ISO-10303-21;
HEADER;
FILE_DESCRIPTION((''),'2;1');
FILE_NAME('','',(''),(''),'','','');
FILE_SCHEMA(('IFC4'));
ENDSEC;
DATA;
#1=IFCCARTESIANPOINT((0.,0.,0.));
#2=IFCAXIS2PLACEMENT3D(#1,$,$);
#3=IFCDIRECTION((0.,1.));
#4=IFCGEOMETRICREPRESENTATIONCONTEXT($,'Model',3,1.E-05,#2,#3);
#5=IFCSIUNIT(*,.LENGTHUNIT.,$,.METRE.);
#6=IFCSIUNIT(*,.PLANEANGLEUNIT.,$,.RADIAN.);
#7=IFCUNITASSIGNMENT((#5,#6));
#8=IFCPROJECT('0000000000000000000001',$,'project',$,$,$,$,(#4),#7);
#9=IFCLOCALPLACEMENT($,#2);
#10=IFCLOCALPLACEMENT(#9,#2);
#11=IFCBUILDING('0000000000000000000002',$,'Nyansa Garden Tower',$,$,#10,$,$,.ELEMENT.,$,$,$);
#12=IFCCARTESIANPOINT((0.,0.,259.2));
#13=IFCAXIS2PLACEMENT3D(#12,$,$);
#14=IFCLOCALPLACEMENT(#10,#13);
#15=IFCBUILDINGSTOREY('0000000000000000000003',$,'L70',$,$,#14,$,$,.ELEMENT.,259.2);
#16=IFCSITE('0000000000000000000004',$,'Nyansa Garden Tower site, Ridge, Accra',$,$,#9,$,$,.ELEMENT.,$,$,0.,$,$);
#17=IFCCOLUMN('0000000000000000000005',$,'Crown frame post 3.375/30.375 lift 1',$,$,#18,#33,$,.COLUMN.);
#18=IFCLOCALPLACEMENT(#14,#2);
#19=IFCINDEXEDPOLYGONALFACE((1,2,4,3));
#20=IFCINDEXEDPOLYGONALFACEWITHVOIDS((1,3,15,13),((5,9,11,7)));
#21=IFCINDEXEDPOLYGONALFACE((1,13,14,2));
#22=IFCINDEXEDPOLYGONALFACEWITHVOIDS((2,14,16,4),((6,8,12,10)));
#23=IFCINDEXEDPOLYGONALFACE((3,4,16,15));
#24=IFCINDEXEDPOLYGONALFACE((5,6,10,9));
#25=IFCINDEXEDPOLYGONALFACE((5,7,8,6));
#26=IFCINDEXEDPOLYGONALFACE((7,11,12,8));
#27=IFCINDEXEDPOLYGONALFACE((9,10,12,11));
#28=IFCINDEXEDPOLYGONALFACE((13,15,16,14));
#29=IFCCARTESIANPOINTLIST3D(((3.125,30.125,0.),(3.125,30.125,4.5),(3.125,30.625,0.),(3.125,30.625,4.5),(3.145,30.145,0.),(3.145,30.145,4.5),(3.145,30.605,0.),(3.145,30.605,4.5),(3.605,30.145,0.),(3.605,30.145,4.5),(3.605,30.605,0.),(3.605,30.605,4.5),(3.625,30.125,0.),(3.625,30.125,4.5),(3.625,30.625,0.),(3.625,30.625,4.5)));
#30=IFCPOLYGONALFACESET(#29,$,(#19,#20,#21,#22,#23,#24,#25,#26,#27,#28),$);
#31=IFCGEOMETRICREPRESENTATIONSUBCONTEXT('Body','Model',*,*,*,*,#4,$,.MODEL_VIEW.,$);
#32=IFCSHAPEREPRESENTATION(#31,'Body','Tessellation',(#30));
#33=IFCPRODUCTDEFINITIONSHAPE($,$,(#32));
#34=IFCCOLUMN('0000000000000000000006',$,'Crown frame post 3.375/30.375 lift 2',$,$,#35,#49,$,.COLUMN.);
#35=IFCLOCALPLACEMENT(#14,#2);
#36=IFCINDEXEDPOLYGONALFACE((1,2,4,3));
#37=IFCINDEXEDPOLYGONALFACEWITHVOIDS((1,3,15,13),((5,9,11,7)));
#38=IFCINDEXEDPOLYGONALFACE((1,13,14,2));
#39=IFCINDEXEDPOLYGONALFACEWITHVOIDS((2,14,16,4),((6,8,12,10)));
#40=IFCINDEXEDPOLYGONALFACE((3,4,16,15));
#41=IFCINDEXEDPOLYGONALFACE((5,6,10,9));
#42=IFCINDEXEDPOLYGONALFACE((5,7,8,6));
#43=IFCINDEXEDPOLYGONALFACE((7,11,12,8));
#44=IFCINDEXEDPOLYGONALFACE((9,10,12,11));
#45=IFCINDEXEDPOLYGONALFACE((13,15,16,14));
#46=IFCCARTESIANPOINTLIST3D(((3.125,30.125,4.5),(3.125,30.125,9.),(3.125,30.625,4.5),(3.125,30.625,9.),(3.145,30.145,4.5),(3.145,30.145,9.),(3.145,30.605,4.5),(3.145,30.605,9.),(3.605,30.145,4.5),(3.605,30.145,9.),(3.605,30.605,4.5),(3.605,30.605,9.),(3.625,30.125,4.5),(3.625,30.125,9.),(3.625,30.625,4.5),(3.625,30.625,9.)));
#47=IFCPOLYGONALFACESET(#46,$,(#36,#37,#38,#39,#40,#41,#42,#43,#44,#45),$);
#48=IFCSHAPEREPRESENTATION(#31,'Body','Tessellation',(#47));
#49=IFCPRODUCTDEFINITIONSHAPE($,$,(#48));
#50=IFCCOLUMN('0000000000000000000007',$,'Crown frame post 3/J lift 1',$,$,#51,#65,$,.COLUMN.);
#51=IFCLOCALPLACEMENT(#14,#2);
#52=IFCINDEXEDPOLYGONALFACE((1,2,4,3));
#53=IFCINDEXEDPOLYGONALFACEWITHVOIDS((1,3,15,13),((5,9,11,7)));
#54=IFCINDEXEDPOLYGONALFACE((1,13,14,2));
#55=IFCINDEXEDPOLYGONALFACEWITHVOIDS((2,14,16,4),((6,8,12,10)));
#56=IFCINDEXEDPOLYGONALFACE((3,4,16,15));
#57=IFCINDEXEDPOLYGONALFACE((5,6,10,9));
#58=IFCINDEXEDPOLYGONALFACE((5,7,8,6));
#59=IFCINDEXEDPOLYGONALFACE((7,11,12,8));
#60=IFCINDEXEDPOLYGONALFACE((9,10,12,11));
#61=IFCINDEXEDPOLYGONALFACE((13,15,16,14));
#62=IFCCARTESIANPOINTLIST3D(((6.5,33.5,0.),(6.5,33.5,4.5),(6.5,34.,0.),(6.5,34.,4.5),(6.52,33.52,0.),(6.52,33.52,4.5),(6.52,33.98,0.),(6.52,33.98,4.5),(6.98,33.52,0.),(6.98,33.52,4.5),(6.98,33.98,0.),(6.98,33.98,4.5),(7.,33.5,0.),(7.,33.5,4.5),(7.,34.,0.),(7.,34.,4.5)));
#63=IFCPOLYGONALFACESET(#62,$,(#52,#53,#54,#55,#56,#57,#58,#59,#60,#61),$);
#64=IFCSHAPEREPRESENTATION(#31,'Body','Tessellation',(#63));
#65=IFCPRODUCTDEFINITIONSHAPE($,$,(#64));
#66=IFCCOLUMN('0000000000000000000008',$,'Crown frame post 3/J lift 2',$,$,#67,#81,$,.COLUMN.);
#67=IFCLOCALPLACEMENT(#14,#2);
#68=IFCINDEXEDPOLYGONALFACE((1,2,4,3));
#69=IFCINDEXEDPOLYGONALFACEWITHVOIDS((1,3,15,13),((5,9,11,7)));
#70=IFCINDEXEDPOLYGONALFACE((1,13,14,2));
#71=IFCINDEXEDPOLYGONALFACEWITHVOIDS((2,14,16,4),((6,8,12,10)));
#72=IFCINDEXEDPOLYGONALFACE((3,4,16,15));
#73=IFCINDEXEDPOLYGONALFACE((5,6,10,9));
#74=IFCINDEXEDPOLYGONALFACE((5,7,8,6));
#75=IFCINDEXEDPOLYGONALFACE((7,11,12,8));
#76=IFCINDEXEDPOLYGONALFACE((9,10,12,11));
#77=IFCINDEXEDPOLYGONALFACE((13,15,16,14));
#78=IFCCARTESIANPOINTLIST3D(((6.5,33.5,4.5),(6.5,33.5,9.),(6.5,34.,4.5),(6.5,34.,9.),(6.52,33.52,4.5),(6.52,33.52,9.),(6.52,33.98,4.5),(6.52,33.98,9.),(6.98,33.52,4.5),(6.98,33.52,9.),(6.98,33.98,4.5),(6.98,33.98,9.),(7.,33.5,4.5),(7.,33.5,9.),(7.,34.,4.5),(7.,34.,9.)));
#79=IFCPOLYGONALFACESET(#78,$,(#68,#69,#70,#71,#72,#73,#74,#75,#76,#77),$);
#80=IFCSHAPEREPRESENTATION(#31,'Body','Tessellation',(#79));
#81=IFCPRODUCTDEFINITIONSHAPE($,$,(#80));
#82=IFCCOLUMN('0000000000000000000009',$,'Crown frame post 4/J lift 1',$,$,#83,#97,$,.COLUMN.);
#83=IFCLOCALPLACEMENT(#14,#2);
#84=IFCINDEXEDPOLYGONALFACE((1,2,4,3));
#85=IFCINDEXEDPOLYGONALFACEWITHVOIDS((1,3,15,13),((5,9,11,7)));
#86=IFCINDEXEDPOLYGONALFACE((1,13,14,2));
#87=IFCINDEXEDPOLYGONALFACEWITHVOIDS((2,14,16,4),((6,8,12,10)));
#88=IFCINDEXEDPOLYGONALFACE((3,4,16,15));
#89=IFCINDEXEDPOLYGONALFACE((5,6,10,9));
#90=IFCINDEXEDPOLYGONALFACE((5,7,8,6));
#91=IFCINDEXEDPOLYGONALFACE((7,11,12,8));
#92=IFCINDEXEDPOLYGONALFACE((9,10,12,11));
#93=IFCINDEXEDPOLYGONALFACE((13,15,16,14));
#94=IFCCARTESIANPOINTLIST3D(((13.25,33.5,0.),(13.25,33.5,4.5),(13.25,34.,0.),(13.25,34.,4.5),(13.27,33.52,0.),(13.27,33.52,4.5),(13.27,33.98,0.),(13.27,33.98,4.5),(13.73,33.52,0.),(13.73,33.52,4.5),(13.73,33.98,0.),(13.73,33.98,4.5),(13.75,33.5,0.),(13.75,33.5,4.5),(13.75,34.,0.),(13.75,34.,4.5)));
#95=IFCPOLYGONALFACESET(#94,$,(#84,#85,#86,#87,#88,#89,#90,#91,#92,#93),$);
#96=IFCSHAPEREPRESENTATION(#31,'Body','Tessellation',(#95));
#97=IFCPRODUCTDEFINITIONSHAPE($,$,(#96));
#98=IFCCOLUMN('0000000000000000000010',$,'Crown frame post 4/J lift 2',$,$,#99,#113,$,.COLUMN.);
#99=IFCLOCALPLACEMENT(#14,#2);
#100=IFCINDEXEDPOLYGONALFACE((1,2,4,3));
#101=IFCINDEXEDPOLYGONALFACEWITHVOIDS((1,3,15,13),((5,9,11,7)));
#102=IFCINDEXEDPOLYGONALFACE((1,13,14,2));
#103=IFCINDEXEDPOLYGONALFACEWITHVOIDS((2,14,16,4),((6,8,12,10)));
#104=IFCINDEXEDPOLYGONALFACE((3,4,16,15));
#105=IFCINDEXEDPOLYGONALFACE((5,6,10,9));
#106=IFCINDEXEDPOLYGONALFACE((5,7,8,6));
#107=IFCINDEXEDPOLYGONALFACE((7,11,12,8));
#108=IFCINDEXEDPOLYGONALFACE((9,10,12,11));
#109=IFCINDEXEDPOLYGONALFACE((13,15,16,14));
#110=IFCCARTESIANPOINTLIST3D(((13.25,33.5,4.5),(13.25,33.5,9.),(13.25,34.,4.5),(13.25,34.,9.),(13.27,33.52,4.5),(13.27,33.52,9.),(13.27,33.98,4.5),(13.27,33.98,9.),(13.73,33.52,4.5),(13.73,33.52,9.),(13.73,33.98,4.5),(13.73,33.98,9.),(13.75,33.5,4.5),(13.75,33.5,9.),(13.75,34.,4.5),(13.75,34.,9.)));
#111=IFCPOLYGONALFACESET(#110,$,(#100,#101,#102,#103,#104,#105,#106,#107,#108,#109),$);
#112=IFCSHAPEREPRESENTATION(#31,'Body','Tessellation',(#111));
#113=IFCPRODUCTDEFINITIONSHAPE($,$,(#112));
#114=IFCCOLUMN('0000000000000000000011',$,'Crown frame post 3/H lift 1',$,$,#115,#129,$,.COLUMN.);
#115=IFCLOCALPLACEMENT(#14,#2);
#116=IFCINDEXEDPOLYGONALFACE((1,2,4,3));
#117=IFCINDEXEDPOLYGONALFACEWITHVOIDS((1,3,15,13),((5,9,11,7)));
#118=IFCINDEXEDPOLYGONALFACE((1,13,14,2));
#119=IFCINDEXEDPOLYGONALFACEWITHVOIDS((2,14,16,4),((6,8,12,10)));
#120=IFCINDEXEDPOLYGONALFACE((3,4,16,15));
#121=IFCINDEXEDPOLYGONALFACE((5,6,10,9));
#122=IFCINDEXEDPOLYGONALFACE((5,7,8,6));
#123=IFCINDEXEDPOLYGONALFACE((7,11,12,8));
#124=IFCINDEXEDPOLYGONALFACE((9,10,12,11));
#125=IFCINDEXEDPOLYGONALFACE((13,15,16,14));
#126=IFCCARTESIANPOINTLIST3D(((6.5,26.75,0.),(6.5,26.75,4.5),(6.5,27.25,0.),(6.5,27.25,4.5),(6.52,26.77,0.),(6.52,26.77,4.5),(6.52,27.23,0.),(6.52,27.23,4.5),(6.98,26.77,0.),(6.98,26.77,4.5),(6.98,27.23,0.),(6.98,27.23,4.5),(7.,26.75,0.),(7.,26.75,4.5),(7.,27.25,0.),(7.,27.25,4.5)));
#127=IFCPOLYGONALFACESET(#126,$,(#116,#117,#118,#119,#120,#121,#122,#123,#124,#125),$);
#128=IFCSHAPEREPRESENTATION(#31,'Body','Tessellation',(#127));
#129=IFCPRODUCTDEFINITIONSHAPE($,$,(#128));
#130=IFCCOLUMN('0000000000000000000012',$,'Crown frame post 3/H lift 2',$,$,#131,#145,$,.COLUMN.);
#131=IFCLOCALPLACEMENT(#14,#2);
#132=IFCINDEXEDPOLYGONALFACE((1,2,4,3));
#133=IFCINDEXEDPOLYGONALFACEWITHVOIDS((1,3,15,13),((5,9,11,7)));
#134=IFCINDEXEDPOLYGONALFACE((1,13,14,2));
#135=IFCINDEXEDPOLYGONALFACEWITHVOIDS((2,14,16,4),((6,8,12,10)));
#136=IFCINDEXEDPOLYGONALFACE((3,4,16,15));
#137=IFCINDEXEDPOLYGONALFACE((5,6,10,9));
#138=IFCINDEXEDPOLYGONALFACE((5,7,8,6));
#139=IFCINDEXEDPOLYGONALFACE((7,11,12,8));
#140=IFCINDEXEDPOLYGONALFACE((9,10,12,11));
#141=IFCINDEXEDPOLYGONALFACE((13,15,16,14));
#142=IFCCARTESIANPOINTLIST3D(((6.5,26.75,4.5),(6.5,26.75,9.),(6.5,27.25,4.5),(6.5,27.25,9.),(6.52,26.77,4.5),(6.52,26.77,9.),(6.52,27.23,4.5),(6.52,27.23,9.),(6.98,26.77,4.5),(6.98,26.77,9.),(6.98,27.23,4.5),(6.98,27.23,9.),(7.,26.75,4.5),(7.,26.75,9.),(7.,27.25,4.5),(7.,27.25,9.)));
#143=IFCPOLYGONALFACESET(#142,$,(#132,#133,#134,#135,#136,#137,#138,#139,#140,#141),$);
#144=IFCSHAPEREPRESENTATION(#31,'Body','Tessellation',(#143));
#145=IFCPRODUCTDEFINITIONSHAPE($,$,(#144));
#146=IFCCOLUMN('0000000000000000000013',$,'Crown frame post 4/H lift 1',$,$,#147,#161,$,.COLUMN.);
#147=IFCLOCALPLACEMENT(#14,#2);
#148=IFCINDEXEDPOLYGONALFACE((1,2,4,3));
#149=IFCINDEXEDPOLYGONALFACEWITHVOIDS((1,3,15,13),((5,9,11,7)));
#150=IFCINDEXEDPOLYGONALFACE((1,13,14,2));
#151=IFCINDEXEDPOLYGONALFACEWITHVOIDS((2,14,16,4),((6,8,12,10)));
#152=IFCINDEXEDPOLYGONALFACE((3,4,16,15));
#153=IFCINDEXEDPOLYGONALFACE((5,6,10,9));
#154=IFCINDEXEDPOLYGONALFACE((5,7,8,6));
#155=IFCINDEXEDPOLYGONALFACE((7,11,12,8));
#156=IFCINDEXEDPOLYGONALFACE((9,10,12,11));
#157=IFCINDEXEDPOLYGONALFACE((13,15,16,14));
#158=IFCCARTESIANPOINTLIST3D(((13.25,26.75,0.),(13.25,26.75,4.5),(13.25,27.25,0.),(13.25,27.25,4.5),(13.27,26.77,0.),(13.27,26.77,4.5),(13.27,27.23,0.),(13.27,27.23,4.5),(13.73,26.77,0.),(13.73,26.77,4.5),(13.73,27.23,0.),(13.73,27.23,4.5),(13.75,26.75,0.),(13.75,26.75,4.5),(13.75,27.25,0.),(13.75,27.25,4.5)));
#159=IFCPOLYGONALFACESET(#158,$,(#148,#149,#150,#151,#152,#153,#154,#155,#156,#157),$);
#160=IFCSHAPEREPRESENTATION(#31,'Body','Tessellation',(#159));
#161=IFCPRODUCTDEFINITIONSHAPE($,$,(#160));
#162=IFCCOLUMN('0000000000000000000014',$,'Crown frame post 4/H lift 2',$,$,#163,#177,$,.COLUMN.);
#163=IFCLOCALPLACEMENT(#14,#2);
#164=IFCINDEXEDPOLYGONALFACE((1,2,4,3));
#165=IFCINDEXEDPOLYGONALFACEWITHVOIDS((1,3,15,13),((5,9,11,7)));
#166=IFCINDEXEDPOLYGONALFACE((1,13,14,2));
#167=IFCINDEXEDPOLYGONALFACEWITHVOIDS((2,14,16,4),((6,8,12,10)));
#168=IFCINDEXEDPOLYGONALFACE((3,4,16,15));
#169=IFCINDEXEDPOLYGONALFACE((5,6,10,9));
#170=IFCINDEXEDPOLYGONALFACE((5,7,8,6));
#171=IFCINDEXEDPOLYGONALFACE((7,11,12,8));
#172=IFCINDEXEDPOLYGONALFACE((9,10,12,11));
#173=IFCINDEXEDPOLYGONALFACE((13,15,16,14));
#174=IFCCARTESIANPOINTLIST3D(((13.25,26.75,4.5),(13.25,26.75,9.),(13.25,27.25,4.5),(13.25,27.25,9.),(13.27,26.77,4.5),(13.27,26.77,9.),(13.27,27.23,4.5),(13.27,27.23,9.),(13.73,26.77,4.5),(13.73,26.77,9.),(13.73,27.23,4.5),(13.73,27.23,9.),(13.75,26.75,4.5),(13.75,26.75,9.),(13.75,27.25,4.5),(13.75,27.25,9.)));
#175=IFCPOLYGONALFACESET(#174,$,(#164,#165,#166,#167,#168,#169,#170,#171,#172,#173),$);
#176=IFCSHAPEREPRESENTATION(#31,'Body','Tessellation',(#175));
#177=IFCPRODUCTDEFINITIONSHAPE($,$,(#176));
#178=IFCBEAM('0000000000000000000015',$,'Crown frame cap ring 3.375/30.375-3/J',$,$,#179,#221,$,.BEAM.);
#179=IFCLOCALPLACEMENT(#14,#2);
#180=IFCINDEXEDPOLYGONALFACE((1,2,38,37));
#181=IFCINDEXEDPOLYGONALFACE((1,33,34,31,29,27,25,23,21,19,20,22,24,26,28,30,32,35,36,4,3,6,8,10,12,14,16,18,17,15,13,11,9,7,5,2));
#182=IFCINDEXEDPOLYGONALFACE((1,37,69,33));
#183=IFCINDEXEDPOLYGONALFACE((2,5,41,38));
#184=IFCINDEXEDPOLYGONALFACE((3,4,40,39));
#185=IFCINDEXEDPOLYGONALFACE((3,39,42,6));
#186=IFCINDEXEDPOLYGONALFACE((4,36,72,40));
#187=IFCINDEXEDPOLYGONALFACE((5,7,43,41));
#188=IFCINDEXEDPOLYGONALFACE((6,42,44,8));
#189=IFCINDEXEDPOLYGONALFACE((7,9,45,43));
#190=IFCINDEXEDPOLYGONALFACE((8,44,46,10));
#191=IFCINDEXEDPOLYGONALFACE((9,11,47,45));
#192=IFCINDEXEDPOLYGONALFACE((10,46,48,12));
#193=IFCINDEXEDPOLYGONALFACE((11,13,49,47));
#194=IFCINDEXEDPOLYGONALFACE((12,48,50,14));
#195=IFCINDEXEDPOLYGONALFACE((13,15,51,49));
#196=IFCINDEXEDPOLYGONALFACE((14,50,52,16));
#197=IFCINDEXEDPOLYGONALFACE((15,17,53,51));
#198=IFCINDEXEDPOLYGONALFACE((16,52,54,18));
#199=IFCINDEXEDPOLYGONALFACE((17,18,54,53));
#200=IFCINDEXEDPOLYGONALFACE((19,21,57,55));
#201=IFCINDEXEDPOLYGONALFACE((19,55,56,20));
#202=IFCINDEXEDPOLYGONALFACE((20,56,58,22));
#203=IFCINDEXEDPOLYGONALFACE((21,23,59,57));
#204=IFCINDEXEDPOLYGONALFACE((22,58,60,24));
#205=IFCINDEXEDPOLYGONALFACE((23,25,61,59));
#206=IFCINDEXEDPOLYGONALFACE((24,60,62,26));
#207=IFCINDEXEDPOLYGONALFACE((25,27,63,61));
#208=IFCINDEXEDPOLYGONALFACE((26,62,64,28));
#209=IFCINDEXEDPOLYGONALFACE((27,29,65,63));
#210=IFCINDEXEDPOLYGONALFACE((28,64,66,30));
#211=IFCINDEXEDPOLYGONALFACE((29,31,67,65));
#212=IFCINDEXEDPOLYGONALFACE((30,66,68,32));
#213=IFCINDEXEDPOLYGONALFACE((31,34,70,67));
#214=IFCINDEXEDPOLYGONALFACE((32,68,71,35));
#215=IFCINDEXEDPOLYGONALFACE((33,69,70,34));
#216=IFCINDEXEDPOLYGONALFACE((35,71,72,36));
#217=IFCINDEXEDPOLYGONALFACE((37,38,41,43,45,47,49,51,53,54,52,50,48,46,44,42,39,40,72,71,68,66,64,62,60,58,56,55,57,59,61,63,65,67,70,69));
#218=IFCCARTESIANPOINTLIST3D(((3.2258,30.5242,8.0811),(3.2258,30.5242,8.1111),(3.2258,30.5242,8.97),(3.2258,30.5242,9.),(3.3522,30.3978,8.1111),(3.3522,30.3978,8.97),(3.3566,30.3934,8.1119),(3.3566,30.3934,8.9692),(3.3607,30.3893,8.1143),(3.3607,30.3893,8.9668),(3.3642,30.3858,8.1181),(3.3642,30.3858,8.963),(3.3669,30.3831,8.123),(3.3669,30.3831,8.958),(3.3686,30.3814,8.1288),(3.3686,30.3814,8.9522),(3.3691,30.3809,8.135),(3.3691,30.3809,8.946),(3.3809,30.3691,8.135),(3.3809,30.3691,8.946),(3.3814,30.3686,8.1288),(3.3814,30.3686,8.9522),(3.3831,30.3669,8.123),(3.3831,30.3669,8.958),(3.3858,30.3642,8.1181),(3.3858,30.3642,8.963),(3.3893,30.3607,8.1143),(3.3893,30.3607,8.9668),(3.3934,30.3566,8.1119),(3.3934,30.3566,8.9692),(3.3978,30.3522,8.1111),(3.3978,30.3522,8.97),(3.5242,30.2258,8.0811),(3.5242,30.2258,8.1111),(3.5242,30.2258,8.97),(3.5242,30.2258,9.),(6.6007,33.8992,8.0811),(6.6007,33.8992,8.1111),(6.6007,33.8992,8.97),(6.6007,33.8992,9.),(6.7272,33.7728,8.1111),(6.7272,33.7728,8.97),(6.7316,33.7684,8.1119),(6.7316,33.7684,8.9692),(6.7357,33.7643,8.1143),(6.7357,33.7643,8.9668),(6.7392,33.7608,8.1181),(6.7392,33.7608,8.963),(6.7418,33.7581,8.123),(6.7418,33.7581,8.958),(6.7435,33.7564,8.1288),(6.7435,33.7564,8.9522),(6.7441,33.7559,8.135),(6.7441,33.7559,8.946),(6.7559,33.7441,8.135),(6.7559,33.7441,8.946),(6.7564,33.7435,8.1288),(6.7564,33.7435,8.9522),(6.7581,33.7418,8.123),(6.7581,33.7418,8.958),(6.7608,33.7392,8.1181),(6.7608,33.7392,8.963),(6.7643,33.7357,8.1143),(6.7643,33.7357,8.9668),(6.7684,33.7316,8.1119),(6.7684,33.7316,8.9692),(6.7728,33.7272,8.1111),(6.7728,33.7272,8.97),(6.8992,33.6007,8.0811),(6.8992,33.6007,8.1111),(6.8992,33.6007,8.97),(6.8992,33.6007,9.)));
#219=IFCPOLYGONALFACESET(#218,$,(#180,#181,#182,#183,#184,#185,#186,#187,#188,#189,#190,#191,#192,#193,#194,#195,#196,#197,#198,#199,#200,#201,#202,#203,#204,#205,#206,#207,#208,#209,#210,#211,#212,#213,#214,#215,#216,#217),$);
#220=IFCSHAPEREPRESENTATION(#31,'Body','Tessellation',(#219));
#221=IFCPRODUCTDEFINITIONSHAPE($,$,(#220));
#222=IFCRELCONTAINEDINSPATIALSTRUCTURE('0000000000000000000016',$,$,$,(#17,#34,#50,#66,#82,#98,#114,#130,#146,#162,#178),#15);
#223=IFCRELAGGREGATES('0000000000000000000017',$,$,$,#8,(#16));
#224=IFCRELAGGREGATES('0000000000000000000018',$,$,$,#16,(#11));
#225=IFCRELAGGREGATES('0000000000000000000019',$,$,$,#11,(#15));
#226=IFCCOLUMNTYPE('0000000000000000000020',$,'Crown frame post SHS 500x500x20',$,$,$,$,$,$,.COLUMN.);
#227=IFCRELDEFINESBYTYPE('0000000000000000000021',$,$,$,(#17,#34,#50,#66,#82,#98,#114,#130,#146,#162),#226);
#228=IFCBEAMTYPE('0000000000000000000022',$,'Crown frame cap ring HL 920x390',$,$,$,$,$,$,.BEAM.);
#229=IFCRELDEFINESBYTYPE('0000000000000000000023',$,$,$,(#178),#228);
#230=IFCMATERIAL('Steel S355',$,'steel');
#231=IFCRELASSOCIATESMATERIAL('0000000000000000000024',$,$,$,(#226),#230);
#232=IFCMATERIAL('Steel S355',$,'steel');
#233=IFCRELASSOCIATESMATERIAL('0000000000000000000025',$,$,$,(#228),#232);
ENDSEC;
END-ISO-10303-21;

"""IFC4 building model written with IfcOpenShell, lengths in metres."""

from ifc_helpers import new_model, si_unit, direction, frame, origin, origin_2d, place, context, subcontext, project, spatial, hollow_rectangle, i_section, extrude, material, material_profile, profile_set, type_object, element, save


model = new_model("IFC4")

# Units and contexts
model_context = context("Model", 3, precision=1e-05, world=origin(), true_north=direction((0.0, 1.0)))
body_context = subcontext(model_context, "Body", "Model", "MODEL_VIEW")
ifc_project = project(units=[si_unit("LENGTHUNIT", "METRE"), si_unit("PLANEANGLEUNIT", "RADIAN")], contexts=[model_context])

# Site, building, storey
site_placement = place(None, origin())
site = spatial("IfcSite", under=ifc_project, at=site_placement, Name="Nyansa Garden Tower site, Ridge, Accra", CompositionType="ELEMENT", RefElevation=0.0)
building_placement = place(site_placement, origin())
building = spatial("IfcBuilding", under=site, at=building_placement, Name="Nyansa Garden Tower", CompositionType="ELEMENT")
storey_placement = place(building_placement, frame((0.0, 0.0, 259.2)))
storey = spatial("IfcBuildingStorey", under=building, at=storey_placement, Name="L70", CompositionType="ELEMENT", Elevation=259.2)

# Columns
ifc_material_1 = material(Name="Steel S355", Category="steel")
ifc_material_profile_1 = material_profile(ifc_material_1, hollow_rectangle(XDim=0.5, YDim=0.5, WallThickness=0.02, at=origin_2d()), Name="SHS 500x500x20")
ifc_profile_set_1 = profile_set([ifc_material_profile_1], Name="Steel S355")
column_type = type_object("IfcColumnType", Name="Crown frame post SHS 500x500x20", PredefinedType="COLUMN", material=ifc_profile_set_1)
for number, where, z_axis, x_axis, name in (
    (1, (3.375, 30.375, 0.0), (0.0, 0.0, 1.0), (1.0, 0.0, 0.0), "Crown frame post 3.375/30.375 lift 1"),
    (2, (3.375, 30.375, 4.5), (0.0, 0.0, 1.0), (1.0, 0.0, 0.0), "Crown frame post 3.375/30.375 lift 2"),
    (3, (6.75, 33.75, 0.0), (0.0, 0.0, 1.0), (1.0, 0.0, 0.0), "Crown frame post 3/J lift 1"),
    (4, (6.75, 33.75, 4.5), (0.0, 0.0, 1.0), (1.0, 0.0, 0.0), "Crown frame post 3/J lift 2"),
    (5, (13.5, 33.75, 0.0), (0.0, 0.0, 1.0), (1.0, 0.0, 0.0), "Crown frame post 4/J lift 1"),
    (6, (13.5, 33.75, 4.5), (0.0, 0.0, 1.0), (1.0, 0.0, 0.0), "Crown frame post 4/J lift 2"),
    (7, (6.75, 27.0, 0.0), (0.0, 0.0, 1.0), (1.0, 0.0, 0.0), "Crown frame post 3/H lift 1"),
    (8, (6.75, 27.0, 4.5), (0.0, 0.0, 1.0), (1.0, 0.0, 0.0), "Crown frame post 3/H lift 2"),
    (9, (13.5, 27.0, 0.0), (0.0, 0.0, 1.0), (1.0, 0.0, 0.0), "Crown frame post 4/H lift 1"),
    (10, (13.5, 27.0, 4.5), (0.0, 0.0, 1.0), (1.0, 0.0, 0.0), "Crown frame post 4/H lift 2"),
):
    element("IfcColumn", number, at=place(storey_placement, frame(where, z_axis=z_axis, x_axis=x_axis)), inside=storey, type_object=column_type, Name=name, PredefinedType="COLUMN", context=body_context, shape_type="SweptSolid", body=[
        extrude(hollow_rectangle(XDim=0.5, YDim=0.5, WallThickness=0.02, at=origin_2d()), origin(), (0.0, 0.0, 1.0), 4.5),
    ])

# Beam
ifc_material_2 = material(Name="Steel S355", Category="steel")
ifc_material_profile_2 = material_profile(ifc_material_2, i_section(OverallWidth=0.4221, OverallDepth=0.9189, WebThickness=0.0166, FlangeThickness=0.03, FilletRadius=0.0239, at=origin_2d()), Name="HL 920x390")
ifc_profile_set_2 = profile_set([ifc_material_profile_2], Name="Steel S355")
beam_type_1 = type_object("IfcBeamType", Name="Crown frame cap ring HL 920x390", PredefinedType="BEAM", material=ifc_profile_set_2)
beam_1_placement = place(storey_placement, frame((3.375, 30.375, 8.5405), z_axis=(0.707107, 0.707107, 0.0), x_axis=(-0.707107, 0.707107, 0.0)))
element("IfcBeam", 11, at=beam_1_placement, inside=storey, type_object=beam_type_1, Name="Crown frame cap ring 3.375/30.375-3/J", PredefinedType="BEAM", context=body_context, shape_type="SweptSolid", body=[
    extrude(i_section(OverallWidth=0.4221, OverallDepth=0.9189, WebThickness=0.0166, FlangeThickness=0.03, FilletRadius=0.0239, at=origin_2d()), origin(), (0.0, 0.0, 1.0), 4.7729),
])

save(model, "model.ifc")
